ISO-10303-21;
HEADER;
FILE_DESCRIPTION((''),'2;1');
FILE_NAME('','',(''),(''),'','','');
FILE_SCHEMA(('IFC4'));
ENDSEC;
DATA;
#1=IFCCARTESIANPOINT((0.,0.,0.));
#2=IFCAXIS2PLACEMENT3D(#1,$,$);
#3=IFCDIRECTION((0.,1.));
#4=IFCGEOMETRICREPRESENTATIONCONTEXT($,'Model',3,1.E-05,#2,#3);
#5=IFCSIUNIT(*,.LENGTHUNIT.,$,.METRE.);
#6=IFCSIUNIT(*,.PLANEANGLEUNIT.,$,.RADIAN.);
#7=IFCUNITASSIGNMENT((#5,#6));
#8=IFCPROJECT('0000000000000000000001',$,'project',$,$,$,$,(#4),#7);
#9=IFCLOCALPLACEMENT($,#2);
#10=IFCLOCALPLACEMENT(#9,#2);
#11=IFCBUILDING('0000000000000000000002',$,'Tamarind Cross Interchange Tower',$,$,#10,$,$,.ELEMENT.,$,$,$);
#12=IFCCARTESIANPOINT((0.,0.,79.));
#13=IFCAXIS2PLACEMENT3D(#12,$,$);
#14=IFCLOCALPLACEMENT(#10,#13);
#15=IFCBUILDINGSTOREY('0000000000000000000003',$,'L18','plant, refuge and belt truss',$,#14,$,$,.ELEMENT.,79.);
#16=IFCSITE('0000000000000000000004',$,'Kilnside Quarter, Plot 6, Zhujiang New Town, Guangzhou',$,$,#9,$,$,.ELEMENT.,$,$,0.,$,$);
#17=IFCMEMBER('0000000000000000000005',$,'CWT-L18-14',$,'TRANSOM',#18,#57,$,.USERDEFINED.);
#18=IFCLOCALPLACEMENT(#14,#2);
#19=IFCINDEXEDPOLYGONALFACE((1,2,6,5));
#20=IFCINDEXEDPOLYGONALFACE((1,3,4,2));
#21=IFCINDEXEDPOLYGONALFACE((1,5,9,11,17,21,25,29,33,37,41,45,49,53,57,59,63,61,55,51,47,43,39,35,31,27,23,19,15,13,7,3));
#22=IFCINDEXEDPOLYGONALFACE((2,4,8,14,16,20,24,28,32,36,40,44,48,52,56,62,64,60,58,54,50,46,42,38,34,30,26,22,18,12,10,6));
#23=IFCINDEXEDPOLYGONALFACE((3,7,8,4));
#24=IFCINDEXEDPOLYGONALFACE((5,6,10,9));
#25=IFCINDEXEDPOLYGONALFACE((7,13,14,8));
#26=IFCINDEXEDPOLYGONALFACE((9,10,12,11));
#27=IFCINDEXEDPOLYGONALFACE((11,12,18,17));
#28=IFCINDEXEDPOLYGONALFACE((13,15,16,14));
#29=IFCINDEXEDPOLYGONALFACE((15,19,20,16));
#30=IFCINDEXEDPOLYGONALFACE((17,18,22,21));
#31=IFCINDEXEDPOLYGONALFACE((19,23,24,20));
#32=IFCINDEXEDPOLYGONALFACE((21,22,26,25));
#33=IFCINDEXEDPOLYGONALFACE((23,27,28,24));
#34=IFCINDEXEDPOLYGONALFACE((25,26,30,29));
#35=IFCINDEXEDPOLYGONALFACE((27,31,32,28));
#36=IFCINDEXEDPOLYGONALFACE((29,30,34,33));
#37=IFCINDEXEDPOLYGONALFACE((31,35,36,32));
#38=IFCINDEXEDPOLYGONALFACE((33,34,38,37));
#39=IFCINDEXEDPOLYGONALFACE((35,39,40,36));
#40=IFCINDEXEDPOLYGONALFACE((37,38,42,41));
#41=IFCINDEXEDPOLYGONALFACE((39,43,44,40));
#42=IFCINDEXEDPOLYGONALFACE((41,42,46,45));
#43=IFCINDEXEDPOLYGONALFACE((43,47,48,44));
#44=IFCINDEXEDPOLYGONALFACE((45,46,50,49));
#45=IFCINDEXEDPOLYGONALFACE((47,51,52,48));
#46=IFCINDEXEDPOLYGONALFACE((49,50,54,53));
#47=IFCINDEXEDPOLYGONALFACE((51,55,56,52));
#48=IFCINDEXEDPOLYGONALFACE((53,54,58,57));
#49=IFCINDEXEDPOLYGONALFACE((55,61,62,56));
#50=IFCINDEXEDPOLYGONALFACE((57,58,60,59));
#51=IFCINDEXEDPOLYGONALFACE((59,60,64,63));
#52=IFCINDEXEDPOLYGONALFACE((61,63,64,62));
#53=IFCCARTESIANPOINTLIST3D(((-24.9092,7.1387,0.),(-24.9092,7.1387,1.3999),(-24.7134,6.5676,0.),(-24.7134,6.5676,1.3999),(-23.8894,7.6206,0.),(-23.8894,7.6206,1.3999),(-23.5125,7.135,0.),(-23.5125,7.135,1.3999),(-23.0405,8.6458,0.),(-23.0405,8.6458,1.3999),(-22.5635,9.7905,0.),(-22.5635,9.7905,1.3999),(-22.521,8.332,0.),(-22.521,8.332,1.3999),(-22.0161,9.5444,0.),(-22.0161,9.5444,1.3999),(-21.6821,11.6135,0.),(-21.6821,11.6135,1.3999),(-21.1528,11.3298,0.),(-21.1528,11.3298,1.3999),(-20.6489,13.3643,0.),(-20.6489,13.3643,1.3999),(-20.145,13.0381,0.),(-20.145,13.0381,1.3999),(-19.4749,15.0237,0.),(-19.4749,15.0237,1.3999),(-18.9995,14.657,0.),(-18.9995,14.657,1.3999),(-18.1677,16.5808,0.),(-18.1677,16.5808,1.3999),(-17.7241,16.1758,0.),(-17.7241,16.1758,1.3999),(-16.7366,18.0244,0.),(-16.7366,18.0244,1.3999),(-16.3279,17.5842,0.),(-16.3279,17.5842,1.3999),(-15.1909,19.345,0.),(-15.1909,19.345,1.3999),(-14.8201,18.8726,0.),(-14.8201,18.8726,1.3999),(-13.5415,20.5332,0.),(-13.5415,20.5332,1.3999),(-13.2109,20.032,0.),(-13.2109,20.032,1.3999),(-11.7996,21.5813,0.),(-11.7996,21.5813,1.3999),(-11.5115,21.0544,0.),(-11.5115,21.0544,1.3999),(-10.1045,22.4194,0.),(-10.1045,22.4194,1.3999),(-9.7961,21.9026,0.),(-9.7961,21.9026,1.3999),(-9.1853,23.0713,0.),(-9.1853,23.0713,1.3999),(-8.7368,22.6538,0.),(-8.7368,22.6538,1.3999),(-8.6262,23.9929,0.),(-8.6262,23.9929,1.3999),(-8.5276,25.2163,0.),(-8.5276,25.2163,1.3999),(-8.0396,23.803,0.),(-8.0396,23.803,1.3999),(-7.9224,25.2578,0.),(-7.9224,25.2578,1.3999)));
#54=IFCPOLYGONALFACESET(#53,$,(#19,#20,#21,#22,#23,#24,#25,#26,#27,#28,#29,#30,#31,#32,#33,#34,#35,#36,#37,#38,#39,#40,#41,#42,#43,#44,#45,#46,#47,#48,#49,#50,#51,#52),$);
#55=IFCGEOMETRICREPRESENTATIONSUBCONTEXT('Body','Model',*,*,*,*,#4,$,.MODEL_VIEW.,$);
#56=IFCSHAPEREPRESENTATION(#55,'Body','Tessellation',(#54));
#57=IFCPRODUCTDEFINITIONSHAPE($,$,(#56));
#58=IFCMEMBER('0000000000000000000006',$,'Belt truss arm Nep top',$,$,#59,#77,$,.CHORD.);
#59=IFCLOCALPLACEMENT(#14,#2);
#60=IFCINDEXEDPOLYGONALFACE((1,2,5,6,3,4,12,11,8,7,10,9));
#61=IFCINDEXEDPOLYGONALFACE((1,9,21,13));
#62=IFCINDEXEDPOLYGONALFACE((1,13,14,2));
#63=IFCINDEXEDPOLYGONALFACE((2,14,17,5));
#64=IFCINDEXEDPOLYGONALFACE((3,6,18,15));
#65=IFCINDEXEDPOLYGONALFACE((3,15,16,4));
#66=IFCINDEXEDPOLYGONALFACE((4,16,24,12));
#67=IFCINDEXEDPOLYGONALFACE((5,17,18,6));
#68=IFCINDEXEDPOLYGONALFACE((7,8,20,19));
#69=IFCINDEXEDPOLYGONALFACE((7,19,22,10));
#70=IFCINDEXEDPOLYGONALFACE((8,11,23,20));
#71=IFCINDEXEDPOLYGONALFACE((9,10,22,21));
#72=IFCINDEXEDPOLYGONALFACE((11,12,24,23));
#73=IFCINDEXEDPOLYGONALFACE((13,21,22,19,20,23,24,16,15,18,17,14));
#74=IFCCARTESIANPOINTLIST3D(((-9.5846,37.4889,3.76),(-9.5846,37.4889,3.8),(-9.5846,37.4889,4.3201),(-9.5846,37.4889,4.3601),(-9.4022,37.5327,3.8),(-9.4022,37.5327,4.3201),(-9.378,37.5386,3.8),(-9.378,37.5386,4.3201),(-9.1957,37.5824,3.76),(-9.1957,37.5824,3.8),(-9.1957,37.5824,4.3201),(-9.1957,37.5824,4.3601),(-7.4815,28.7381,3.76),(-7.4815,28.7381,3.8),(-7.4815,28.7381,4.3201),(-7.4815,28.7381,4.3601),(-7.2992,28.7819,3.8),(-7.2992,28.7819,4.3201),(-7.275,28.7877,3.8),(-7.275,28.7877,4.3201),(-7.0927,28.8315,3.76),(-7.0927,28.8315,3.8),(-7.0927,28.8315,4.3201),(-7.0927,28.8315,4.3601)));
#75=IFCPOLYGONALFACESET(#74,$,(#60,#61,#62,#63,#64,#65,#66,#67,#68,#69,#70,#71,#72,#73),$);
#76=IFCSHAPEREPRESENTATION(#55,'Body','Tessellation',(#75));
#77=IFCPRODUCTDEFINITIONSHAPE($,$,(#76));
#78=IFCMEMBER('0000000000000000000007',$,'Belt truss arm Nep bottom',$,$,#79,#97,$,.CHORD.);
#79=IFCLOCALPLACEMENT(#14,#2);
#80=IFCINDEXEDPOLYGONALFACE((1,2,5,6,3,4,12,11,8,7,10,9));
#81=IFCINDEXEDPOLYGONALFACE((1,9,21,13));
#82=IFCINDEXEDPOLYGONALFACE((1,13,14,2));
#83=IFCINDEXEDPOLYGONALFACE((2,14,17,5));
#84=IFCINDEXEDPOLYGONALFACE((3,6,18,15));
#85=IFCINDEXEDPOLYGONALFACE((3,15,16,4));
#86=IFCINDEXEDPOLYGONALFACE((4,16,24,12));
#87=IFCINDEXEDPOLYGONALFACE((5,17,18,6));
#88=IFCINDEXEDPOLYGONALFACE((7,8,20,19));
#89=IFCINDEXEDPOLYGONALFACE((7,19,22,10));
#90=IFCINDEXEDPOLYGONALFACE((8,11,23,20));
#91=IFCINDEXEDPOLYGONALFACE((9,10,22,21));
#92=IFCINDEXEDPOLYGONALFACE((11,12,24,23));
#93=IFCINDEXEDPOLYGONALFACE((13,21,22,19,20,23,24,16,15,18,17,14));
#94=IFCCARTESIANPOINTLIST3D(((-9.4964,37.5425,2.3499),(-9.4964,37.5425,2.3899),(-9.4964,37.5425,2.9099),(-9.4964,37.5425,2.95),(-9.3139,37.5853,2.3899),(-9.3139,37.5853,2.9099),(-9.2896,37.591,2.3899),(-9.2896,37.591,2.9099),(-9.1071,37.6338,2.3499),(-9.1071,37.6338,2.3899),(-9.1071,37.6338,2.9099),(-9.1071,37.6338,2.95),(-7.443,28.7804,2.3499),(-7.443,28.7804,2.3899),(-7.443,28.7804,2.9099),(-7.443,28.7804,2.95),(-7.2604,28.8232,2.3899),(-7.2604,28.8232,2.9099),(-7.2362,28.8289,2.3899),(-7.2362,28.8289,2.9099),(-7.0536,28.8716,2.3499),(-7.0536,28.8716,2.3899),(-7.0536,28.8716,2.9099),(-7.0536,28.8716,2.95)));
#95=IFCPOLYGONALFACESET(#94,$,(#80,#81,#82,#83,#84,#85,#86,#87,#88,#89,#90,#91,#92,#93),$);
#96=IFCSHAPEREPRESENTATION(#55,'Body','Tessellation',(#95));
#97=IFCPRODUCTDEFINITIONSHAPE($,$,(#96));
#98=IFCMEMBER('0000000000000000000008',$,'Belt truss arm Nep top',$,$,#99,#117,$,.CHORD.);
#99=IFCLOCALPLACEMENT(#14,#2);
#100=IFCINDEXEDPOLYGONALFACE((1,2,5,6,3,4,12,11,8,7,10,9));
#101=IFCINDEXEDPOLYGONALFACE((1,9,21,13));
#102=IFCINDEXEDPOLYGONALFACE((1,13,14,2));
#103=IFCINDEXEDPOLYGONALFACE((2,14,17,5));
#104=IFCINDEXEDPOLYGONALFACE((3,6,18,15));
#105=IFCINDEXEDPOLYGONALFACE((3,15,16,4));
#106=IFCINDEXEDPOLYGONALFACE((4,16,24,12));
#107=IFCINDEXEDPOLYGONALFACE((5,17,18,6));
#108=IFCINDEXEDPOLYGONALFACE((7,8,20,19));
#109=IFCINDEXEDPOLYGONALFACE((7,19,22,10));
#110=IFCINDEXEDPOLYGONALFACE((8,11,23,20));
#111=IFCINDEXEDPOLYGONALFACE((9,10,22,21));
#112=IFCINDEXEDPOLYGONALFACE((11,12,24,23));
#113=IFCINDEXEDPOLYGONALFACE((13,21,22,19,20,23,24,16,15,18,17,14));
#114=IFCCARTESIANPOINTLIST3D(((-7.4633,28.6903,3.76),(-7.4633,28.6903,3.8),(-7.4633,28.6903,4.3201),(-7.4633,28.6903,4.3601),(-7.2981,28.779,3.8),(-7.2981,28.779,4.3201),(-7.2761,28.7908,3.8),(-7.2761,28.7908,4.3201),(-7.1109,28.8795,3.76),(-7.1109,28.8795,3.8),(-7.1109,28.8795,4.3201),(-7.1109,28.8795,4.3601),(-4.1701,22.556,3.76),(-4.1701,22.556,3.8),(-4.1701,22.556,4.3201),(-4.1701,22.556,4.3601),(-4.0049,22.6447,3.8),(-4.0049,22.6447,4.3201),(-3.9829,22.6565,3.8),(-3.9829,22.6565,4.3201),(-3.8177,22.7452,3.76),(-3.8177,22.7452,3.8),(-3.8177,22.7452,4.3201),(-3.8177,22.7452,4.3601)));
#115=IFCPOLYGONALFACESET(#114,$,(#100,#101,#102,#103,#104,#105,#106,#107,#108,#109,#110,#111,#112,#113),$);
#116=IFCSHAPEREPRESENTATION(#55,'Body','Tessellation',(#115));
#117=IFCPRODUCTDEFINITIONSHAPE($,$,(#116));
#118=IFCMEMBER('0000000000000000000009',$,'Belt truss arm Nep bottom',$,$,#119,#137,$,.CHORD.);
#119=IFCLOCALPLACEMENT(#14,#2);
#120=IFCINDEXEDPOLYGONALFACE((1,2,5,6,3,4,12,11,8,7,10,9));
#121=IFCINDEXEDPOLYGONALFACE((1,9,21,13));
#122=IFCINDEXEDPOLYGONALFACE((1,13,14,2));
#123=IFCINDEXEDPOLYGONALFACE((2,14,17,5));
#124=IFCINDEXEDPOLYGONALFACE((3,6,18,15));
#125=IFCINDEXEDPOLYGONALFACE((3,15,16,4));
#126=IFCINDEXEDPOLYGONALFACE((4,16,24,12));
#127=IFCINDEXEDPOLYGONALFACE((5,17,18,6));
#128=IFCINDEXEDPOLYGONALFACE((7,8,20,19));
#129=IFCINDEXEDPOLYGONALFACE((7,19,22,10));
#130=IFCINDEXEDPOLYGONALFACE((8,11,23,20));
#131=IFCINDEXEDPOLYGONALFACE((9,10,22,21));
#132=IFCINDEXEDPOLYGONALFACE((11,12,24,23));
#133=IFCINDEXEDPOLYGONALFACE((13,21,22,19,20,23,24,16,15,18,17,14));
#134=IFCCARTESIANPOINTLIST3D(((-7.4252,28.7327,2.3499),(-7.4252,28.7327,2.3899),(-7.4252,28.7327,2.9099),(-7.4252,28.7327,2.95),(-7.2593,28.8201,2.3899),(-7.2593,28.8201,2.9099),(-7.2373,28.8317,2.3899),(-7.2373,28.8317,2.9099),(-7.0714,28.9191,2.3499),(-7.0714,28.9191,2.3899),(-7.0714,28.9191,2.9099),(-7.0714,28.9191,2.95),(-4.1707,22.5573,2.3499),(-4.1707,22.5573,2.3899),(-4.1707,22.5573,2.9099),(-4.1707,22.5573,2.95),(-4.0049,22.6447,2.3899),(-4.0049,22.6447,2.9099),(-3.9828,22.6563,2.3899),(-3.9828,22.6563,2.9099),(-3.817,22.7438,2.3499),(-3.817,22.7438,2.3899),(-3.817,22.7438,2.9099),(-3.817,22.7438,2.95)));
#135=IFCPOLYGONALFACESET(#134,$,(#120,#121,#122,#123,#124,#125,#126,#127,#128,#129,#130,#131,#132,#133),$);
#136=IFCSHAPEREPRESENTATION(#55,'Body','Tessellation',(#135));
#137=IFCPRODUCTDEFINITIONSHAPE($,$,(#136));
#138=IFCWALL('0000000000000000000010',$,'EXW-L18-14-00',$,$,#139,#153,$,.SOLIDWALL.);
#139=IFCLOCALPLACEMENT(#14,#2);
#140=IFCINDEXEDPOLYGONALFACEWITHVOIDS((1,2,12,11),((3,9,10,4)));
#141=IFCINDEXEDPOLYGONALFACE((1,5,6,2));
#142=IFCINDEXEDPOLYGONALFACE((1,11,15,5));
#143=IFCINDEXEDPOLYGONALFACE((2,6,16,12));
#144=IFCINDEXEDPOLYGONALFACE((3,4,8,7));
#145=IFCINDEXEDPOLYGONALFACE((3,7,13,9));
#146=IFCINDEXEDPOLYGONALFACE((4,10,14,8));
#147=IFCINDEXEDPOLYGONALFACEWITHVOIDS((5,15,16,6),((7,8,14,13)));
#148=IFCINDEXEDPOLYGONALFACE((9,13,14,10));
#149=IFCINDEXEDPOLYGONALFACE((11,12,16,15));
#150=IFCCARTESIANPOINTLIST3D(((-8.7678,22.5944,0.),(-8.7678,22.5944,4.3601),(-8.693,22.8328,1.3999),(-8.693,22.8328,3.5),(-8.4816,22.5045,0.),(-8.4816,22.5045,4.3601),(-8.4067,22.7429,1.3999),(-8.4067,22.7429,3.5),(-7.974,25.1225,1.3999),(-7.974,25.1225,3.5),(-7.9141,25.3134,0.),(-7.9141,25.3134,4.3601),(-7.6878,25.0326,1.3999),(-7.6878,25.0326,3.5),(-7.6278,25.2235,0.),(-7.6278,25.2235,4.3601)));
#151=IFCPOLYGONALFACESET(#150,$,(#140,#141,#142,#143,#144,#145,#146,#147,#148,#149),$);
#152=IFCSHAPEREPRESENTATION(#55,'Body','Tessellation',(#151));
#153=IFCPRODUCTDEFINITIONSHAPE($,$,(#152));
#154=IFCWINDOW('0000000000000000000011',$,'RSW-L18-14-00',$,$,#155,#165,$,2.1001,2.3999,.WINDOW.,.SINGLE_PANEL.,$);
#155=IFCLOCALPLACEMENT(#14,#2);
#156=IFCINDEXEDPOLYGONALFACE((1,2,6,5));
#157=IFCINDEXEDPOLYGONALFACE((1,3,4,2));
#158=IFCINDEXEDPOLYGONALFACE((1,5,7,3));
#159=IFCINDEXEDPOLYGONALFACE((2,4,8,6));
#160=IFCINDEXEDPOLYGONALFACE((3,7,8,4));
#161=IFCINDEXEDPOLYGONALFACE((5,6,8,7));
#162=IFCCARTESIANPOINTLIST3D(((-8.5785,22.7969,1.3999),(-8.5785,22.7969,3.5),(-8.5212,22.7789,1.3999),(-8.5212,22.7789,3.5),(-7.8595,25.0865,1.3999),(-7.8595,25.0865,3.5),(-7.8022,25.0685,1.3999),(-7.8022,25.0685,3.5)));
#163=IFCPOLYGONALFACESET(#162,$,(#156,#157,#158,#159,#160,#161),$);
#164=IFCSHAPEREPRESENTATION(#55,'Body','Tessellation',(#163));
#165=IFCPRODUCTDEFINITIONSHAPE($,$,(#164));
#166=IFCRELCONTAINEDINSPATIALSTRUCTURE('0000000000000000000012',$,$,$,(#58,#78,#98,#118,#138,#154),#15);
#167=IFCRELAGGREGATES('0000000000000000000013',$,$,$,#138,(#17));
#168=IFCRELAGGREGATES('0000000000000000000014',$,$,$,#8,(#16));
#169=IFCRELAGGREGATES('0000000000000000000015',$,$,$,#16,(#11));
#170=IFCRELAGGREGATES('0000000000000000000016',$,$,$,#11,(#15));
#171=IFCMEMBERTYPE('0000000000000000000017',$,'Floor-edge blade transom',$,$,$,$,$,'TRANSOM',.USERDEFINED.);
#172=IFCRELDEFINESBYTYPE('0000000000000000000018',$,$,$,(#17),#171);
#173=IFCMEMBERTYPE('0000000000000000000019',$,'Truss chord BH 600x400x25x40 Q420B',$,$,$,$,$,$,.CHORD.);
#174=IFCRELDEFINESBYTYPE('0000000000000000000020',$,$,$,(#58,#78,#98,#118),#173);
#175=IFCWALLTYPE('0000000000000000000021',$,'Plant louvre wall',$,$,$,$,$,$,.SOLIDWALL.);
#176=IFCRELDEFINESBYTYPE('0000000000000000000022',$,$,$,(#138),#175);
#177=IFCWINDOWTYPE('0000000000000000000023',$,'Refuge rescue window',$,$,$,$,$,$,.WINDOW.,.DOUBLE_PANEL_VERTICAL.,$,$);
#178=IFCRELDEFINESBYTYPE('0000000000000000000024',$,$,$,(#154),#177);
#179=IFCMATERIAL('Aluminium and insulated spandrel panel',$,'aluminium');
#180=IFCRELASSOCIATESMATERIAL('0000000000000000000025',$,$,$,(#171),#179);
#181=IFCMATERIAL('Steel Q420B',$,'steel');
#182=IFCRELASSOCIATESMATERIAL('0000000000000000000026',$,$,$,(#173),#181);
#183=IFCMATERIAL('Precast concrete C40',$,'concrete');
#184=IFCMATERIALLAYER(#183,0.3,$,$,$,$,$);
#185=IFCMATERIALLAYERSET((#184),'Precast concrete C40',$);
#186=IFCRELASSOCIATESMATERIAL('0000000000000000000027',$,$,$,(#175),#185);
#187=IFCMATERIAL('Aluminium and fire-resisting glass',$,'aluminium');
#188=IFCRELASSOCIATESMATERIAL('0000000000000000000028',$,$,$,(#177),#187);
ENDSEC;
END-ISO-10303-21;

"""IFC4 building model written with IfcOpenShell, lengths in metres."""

from ifc_helpers import new_model, si_unit, direction, frame, frame_2d, origin, origin_2d, place, context, subcontext, project, spatial, polyline, rectangle, i_section, outline, extrude, material, layer, layer_set, material_profile, profile_set, type_object, element, fill, aggregate, save


model = new_model("IFC4")

# Units and contexts
model_context = context("Model", 3, precision=1e-05, world=origin(), true_north=direction((0.0, 1.0)))
body_context = subcontext(model_context, "Body", "Model", "MODEL_VIEW")
ifc_project = project(units=[si_unit("LENGTHUNIT", "METRE"), si_unit("PLANEANGLEUNIT", "RADIAN")], contexts=[model_context])

# Site, building, storey
site_placement = place(None, origin())
site = spatial("IfcSite", under=ifc_project, at=site_placement, Name="Kilnside Quarter, Plot 6, Zhujiang New Town, Guangzhou", CompositionType="ELEMENT", RefElevation=0.0)
building_placement = place(site_placement, origin())
building = spatial("IfcBuilding", under=site, at=building_placement, Name="Tamarind Cross Interchange Tower", CompositionType="ELEMENT")
storey_placement = place(building_placement, frame((0.0, 0.0, 79.0)))
storey = spatial("IfcBuildingStorey", under=building, at=storey_placement, Name="L18", Description="plant, refuge and belt truss", CompositionType="ELEMENT", Elevation=79.0)

# Member
ifc_material_1 = material(Name="Aluminium and insulated spandrel panel", Category="aluminium")
member_type_1 = type_object("IfcMemberType", Name="Floor-edge blade transom", ElementType="TRANSOM", PredefinedType="USERDEFINED", material=ifc_material_1)
member_1_placement = place(storey_placement, origin())
member_1 = element("IfcMember", 1, at=member_1_placement, type_object=member_type_1, Name="CWT-L18-14", ObjectType="TRANSOM", PredefinedType="USERDEFINED", context=body_context, shape_type="SweptSolid", body=[
    extrude(outline(polyline([(-7.9224, 25.2578), (-8.0396, 23.803), (-8.7368, 22.6538), (-9.7961, 21.9026), (-11.5115, 21.0544), (-13.2109, 20.032), (-14.8201, 18.8726), (-16.3279, 17.5842), (-17.7241, 16.1758), (-18.9995, 14.657), (-20.145, 13.0381), (-21.1528, 11.3298), (-22.0161, 9.5444), (-22.521, 8.332), (-23.5125, 7.135), (-24.7134, 6.5676), (-24.9092, 7.1387), (-23.8894, 7.6206), (-23.0405, 8.6458), (-22.5635, 9.7905), (-21.6821, 11.6135), (-20.6489, 13.3643), (-19.4749, 15.0237), (-18.1677, 16.5808), (-16.7366, 18.0244), (-15.1909, 19.345), (-13.5415, 20.5332), (-11.7996, 21.5813), (-10.1045, 22.4194), (-9.1853, 23.0713), (-8.6262, 23.9929), (-8.5276, 25.2163), (-7.9224, 25.2578)])), origin(), (0.0, 0.0, 1.0), 1.3999),
])

# Members
ifc_material_2 = material(Name="Steel Q420B", Category="steel")
ifc_material_profile_1 = material_profile(ifc_material_2, i_section(OverallWidth=0.3999, OverallDepth=0.6001, WebThickness=0.0249, FlangeThickness=0.04, at=origin_2d()), Name="BH 600x400x25x40")
ifc_profile_set_1 = profile_set([ifc_material_profile_1], Name="Steel Q420B")
member_type_2 = type_object("IfcMemberType", Name="Truss chord BH 600x400x25x40 Q420B", PredefinedType="CHORD", material=ifc_profile_set_1)
member_2_placement = place(storey_placement, frame((-9.3901, 37.5356, 4.0601), z_axis=(0.233673, -0.972315, 0.0), x_axis=(0.972315, 0.233673, 0.0)))
element("IfcMember", 2, at=member_2_placement, inside=storey, type_object=member_type_2, Name="Belt truss arm Nep top", PredefinedType="CHORD", context=body_context, shape_type="SweptSolid", body=[
    extrude(i_section(OverallWidth=0.3999, OverallDepth=0.6001, WebThickness=0.0249, FlangeThickness=0.04, at=origin_2d()), origin(), (0.0, 0.0, 1.0), 9.0),
])
member_3_placement = place(storey_placement, frame((-9.3018, 37.5881, 2.6499), z_axis=(0.228173, -0.973621, 0.0), x_axis=(0.973621, 0.228173, 0.0)))
element("IfcMember", 3, at=member_3_placement, inside=storey, type_object=member_type_2, Name="Belt truss arm Nep bottom", PredefinedType="CHORD", context=body_context, shape_type="SweptSolid", body=[
    extrude(i_section(OverallWidth=0.3999, OverallDepth=0.6001, WebThickness=0.0249, FlangeThickness=0.04, at=origin_2d()), origin(), (0.0, 0.0, 1.0), 8.9995),
])
member_4_placement = place(storey_placement, frame((-7.2871, 28.7849, 4.0601), z_axis=(0.473002, -0.881062, 0.0), x_axis=(0.881062, 0.473002, 0.0)))
element("IfcMember", 4, at=member_4_placement, inside=storey, type_object=member_type_2, Name="Belt truss arm Nep top", PredefinedType="CHORD", context=body_context, shape_type="SweptSolid", body=[
    extrude(i_section(OverallWidth=0.3999, OverallDepth=0.6001, WebThickness=0.0249, FlangeThickness=0.04, at=origin_2d()), origin(), (0.0, 0.0, 1.0), 6.9624),
])
member_5_placement = place(storey_placement, frame((-7.2483, 28.8259, 2.6499), z_axis=(0.466222, -0.884668, 0.0), x_axis=(0.884668, 0.466222, 0.0)))
element("IfcMember", 5, at=member_5_placement, inside=storey, type_object=member_type_2, Name="Belt truss arm Nep bottom", PredefinedType="CHORD", context=body_context, shape_type="SweptSolid", body=[
    extrude(i_section(OverallWidth=0.3999, OverallDepth=0.6001, WebThickness=0.0249, FlangeThickness=0.04, at=origin_2d()), origin(), (0.0, 0.0, 1.0), 6.9805),
])

# Wall, opening, window
ifc_material_3 = material(Name="Precast concrete C40", Category="concrete")
ifc_layer_1 = layer(ifc_material_3, 0.3)
ifc_layer_set_1 = layer_set([ifc_layer_1], Name="Precast concrete C40")
wall_type_1 = type_object("IfcWallType", Name="Plant louvre wall", PredefinedType="SOLIDWALL", material=ifc_layer_set_1)
wall_1_placement = place(storey_placement, frame((-7.771, 25.2683, 0.0), z_axis=(0.0, 0.0, 1.0), x_axis=(-0.299577, -0.954072, 0.0)))
wall_1 = element("IfcWall", 6, at=wall_1_placement, inside=storey, type_object=wall_type_1, Name="EXW-L18-14-00", PredefinedType="SOLIDWALL", context=body_context, shape_type="SweptSolid", body=[
    extrude(rectangle(XDim=2.8499, YDim=0.3, at=frame_2d((1.4248, 0.0))), origin(), (0.0, 0.0, 1.0), 4.3601),
])
opening_1_placement = place(wall_1_placement, frame((0.2, 0.0, 1.3999)))
opening_1 = element("IfcOpeningElement", 7, at=opening_1_placement, cuts=wall_1, PredefinedType="OPENING", context=body_context, shape_type="SweptSolid", body=[
    extrude(rectangle(XDim=2.3999, YDim=2.1001, at=frame_2d((1.2, 1.05))), frame((0.0, 0.1599, 0.0), z_axis=(0.0, -1.0, 0.0), x_axis=(1.0, 0.0, 0.0)), (0.0, 0.0, 1.0), 0.3201),
])
ifc_material_4 = material(Name="Aluminium and fire-resisting glass", Category="aluminium")
window_type = type_object("IfcWindowType", Name="Refuge rescue window", PartitioningType="DOUBLE_PANEL_VERTICAL", PredefinedType="WINDOW", material=ifc_material_4)
window_placement = place(opening_1_placement, origin())
window = element("IfcWindow", 8, at=window_placement, inside=storey, type_object=window_type, Name="RSW-L18-14-00", OverallHeight=2.1001, OverallWidth=2.3999, PartitioningType="SINGLE_PANEL", PredefinedType="WINDOW", context=body_context, shape_type="SweptSolid", body=[
    extrude(rectangle(XDim=2.3999, YDim=2.1001, at=frame_2d((1.2, 1.05))), frame((0.0, 0.03, 0.0), z_axis=(0.0, -1.0, 0.0), x_axis=(1.0, 0.0, 0.0)), (0.0, 0.0, 1.0), 0.0601),
])
fill(opening_1, window)
aggregate(wall_1, [member_1])

save(model, "model.ifc")
